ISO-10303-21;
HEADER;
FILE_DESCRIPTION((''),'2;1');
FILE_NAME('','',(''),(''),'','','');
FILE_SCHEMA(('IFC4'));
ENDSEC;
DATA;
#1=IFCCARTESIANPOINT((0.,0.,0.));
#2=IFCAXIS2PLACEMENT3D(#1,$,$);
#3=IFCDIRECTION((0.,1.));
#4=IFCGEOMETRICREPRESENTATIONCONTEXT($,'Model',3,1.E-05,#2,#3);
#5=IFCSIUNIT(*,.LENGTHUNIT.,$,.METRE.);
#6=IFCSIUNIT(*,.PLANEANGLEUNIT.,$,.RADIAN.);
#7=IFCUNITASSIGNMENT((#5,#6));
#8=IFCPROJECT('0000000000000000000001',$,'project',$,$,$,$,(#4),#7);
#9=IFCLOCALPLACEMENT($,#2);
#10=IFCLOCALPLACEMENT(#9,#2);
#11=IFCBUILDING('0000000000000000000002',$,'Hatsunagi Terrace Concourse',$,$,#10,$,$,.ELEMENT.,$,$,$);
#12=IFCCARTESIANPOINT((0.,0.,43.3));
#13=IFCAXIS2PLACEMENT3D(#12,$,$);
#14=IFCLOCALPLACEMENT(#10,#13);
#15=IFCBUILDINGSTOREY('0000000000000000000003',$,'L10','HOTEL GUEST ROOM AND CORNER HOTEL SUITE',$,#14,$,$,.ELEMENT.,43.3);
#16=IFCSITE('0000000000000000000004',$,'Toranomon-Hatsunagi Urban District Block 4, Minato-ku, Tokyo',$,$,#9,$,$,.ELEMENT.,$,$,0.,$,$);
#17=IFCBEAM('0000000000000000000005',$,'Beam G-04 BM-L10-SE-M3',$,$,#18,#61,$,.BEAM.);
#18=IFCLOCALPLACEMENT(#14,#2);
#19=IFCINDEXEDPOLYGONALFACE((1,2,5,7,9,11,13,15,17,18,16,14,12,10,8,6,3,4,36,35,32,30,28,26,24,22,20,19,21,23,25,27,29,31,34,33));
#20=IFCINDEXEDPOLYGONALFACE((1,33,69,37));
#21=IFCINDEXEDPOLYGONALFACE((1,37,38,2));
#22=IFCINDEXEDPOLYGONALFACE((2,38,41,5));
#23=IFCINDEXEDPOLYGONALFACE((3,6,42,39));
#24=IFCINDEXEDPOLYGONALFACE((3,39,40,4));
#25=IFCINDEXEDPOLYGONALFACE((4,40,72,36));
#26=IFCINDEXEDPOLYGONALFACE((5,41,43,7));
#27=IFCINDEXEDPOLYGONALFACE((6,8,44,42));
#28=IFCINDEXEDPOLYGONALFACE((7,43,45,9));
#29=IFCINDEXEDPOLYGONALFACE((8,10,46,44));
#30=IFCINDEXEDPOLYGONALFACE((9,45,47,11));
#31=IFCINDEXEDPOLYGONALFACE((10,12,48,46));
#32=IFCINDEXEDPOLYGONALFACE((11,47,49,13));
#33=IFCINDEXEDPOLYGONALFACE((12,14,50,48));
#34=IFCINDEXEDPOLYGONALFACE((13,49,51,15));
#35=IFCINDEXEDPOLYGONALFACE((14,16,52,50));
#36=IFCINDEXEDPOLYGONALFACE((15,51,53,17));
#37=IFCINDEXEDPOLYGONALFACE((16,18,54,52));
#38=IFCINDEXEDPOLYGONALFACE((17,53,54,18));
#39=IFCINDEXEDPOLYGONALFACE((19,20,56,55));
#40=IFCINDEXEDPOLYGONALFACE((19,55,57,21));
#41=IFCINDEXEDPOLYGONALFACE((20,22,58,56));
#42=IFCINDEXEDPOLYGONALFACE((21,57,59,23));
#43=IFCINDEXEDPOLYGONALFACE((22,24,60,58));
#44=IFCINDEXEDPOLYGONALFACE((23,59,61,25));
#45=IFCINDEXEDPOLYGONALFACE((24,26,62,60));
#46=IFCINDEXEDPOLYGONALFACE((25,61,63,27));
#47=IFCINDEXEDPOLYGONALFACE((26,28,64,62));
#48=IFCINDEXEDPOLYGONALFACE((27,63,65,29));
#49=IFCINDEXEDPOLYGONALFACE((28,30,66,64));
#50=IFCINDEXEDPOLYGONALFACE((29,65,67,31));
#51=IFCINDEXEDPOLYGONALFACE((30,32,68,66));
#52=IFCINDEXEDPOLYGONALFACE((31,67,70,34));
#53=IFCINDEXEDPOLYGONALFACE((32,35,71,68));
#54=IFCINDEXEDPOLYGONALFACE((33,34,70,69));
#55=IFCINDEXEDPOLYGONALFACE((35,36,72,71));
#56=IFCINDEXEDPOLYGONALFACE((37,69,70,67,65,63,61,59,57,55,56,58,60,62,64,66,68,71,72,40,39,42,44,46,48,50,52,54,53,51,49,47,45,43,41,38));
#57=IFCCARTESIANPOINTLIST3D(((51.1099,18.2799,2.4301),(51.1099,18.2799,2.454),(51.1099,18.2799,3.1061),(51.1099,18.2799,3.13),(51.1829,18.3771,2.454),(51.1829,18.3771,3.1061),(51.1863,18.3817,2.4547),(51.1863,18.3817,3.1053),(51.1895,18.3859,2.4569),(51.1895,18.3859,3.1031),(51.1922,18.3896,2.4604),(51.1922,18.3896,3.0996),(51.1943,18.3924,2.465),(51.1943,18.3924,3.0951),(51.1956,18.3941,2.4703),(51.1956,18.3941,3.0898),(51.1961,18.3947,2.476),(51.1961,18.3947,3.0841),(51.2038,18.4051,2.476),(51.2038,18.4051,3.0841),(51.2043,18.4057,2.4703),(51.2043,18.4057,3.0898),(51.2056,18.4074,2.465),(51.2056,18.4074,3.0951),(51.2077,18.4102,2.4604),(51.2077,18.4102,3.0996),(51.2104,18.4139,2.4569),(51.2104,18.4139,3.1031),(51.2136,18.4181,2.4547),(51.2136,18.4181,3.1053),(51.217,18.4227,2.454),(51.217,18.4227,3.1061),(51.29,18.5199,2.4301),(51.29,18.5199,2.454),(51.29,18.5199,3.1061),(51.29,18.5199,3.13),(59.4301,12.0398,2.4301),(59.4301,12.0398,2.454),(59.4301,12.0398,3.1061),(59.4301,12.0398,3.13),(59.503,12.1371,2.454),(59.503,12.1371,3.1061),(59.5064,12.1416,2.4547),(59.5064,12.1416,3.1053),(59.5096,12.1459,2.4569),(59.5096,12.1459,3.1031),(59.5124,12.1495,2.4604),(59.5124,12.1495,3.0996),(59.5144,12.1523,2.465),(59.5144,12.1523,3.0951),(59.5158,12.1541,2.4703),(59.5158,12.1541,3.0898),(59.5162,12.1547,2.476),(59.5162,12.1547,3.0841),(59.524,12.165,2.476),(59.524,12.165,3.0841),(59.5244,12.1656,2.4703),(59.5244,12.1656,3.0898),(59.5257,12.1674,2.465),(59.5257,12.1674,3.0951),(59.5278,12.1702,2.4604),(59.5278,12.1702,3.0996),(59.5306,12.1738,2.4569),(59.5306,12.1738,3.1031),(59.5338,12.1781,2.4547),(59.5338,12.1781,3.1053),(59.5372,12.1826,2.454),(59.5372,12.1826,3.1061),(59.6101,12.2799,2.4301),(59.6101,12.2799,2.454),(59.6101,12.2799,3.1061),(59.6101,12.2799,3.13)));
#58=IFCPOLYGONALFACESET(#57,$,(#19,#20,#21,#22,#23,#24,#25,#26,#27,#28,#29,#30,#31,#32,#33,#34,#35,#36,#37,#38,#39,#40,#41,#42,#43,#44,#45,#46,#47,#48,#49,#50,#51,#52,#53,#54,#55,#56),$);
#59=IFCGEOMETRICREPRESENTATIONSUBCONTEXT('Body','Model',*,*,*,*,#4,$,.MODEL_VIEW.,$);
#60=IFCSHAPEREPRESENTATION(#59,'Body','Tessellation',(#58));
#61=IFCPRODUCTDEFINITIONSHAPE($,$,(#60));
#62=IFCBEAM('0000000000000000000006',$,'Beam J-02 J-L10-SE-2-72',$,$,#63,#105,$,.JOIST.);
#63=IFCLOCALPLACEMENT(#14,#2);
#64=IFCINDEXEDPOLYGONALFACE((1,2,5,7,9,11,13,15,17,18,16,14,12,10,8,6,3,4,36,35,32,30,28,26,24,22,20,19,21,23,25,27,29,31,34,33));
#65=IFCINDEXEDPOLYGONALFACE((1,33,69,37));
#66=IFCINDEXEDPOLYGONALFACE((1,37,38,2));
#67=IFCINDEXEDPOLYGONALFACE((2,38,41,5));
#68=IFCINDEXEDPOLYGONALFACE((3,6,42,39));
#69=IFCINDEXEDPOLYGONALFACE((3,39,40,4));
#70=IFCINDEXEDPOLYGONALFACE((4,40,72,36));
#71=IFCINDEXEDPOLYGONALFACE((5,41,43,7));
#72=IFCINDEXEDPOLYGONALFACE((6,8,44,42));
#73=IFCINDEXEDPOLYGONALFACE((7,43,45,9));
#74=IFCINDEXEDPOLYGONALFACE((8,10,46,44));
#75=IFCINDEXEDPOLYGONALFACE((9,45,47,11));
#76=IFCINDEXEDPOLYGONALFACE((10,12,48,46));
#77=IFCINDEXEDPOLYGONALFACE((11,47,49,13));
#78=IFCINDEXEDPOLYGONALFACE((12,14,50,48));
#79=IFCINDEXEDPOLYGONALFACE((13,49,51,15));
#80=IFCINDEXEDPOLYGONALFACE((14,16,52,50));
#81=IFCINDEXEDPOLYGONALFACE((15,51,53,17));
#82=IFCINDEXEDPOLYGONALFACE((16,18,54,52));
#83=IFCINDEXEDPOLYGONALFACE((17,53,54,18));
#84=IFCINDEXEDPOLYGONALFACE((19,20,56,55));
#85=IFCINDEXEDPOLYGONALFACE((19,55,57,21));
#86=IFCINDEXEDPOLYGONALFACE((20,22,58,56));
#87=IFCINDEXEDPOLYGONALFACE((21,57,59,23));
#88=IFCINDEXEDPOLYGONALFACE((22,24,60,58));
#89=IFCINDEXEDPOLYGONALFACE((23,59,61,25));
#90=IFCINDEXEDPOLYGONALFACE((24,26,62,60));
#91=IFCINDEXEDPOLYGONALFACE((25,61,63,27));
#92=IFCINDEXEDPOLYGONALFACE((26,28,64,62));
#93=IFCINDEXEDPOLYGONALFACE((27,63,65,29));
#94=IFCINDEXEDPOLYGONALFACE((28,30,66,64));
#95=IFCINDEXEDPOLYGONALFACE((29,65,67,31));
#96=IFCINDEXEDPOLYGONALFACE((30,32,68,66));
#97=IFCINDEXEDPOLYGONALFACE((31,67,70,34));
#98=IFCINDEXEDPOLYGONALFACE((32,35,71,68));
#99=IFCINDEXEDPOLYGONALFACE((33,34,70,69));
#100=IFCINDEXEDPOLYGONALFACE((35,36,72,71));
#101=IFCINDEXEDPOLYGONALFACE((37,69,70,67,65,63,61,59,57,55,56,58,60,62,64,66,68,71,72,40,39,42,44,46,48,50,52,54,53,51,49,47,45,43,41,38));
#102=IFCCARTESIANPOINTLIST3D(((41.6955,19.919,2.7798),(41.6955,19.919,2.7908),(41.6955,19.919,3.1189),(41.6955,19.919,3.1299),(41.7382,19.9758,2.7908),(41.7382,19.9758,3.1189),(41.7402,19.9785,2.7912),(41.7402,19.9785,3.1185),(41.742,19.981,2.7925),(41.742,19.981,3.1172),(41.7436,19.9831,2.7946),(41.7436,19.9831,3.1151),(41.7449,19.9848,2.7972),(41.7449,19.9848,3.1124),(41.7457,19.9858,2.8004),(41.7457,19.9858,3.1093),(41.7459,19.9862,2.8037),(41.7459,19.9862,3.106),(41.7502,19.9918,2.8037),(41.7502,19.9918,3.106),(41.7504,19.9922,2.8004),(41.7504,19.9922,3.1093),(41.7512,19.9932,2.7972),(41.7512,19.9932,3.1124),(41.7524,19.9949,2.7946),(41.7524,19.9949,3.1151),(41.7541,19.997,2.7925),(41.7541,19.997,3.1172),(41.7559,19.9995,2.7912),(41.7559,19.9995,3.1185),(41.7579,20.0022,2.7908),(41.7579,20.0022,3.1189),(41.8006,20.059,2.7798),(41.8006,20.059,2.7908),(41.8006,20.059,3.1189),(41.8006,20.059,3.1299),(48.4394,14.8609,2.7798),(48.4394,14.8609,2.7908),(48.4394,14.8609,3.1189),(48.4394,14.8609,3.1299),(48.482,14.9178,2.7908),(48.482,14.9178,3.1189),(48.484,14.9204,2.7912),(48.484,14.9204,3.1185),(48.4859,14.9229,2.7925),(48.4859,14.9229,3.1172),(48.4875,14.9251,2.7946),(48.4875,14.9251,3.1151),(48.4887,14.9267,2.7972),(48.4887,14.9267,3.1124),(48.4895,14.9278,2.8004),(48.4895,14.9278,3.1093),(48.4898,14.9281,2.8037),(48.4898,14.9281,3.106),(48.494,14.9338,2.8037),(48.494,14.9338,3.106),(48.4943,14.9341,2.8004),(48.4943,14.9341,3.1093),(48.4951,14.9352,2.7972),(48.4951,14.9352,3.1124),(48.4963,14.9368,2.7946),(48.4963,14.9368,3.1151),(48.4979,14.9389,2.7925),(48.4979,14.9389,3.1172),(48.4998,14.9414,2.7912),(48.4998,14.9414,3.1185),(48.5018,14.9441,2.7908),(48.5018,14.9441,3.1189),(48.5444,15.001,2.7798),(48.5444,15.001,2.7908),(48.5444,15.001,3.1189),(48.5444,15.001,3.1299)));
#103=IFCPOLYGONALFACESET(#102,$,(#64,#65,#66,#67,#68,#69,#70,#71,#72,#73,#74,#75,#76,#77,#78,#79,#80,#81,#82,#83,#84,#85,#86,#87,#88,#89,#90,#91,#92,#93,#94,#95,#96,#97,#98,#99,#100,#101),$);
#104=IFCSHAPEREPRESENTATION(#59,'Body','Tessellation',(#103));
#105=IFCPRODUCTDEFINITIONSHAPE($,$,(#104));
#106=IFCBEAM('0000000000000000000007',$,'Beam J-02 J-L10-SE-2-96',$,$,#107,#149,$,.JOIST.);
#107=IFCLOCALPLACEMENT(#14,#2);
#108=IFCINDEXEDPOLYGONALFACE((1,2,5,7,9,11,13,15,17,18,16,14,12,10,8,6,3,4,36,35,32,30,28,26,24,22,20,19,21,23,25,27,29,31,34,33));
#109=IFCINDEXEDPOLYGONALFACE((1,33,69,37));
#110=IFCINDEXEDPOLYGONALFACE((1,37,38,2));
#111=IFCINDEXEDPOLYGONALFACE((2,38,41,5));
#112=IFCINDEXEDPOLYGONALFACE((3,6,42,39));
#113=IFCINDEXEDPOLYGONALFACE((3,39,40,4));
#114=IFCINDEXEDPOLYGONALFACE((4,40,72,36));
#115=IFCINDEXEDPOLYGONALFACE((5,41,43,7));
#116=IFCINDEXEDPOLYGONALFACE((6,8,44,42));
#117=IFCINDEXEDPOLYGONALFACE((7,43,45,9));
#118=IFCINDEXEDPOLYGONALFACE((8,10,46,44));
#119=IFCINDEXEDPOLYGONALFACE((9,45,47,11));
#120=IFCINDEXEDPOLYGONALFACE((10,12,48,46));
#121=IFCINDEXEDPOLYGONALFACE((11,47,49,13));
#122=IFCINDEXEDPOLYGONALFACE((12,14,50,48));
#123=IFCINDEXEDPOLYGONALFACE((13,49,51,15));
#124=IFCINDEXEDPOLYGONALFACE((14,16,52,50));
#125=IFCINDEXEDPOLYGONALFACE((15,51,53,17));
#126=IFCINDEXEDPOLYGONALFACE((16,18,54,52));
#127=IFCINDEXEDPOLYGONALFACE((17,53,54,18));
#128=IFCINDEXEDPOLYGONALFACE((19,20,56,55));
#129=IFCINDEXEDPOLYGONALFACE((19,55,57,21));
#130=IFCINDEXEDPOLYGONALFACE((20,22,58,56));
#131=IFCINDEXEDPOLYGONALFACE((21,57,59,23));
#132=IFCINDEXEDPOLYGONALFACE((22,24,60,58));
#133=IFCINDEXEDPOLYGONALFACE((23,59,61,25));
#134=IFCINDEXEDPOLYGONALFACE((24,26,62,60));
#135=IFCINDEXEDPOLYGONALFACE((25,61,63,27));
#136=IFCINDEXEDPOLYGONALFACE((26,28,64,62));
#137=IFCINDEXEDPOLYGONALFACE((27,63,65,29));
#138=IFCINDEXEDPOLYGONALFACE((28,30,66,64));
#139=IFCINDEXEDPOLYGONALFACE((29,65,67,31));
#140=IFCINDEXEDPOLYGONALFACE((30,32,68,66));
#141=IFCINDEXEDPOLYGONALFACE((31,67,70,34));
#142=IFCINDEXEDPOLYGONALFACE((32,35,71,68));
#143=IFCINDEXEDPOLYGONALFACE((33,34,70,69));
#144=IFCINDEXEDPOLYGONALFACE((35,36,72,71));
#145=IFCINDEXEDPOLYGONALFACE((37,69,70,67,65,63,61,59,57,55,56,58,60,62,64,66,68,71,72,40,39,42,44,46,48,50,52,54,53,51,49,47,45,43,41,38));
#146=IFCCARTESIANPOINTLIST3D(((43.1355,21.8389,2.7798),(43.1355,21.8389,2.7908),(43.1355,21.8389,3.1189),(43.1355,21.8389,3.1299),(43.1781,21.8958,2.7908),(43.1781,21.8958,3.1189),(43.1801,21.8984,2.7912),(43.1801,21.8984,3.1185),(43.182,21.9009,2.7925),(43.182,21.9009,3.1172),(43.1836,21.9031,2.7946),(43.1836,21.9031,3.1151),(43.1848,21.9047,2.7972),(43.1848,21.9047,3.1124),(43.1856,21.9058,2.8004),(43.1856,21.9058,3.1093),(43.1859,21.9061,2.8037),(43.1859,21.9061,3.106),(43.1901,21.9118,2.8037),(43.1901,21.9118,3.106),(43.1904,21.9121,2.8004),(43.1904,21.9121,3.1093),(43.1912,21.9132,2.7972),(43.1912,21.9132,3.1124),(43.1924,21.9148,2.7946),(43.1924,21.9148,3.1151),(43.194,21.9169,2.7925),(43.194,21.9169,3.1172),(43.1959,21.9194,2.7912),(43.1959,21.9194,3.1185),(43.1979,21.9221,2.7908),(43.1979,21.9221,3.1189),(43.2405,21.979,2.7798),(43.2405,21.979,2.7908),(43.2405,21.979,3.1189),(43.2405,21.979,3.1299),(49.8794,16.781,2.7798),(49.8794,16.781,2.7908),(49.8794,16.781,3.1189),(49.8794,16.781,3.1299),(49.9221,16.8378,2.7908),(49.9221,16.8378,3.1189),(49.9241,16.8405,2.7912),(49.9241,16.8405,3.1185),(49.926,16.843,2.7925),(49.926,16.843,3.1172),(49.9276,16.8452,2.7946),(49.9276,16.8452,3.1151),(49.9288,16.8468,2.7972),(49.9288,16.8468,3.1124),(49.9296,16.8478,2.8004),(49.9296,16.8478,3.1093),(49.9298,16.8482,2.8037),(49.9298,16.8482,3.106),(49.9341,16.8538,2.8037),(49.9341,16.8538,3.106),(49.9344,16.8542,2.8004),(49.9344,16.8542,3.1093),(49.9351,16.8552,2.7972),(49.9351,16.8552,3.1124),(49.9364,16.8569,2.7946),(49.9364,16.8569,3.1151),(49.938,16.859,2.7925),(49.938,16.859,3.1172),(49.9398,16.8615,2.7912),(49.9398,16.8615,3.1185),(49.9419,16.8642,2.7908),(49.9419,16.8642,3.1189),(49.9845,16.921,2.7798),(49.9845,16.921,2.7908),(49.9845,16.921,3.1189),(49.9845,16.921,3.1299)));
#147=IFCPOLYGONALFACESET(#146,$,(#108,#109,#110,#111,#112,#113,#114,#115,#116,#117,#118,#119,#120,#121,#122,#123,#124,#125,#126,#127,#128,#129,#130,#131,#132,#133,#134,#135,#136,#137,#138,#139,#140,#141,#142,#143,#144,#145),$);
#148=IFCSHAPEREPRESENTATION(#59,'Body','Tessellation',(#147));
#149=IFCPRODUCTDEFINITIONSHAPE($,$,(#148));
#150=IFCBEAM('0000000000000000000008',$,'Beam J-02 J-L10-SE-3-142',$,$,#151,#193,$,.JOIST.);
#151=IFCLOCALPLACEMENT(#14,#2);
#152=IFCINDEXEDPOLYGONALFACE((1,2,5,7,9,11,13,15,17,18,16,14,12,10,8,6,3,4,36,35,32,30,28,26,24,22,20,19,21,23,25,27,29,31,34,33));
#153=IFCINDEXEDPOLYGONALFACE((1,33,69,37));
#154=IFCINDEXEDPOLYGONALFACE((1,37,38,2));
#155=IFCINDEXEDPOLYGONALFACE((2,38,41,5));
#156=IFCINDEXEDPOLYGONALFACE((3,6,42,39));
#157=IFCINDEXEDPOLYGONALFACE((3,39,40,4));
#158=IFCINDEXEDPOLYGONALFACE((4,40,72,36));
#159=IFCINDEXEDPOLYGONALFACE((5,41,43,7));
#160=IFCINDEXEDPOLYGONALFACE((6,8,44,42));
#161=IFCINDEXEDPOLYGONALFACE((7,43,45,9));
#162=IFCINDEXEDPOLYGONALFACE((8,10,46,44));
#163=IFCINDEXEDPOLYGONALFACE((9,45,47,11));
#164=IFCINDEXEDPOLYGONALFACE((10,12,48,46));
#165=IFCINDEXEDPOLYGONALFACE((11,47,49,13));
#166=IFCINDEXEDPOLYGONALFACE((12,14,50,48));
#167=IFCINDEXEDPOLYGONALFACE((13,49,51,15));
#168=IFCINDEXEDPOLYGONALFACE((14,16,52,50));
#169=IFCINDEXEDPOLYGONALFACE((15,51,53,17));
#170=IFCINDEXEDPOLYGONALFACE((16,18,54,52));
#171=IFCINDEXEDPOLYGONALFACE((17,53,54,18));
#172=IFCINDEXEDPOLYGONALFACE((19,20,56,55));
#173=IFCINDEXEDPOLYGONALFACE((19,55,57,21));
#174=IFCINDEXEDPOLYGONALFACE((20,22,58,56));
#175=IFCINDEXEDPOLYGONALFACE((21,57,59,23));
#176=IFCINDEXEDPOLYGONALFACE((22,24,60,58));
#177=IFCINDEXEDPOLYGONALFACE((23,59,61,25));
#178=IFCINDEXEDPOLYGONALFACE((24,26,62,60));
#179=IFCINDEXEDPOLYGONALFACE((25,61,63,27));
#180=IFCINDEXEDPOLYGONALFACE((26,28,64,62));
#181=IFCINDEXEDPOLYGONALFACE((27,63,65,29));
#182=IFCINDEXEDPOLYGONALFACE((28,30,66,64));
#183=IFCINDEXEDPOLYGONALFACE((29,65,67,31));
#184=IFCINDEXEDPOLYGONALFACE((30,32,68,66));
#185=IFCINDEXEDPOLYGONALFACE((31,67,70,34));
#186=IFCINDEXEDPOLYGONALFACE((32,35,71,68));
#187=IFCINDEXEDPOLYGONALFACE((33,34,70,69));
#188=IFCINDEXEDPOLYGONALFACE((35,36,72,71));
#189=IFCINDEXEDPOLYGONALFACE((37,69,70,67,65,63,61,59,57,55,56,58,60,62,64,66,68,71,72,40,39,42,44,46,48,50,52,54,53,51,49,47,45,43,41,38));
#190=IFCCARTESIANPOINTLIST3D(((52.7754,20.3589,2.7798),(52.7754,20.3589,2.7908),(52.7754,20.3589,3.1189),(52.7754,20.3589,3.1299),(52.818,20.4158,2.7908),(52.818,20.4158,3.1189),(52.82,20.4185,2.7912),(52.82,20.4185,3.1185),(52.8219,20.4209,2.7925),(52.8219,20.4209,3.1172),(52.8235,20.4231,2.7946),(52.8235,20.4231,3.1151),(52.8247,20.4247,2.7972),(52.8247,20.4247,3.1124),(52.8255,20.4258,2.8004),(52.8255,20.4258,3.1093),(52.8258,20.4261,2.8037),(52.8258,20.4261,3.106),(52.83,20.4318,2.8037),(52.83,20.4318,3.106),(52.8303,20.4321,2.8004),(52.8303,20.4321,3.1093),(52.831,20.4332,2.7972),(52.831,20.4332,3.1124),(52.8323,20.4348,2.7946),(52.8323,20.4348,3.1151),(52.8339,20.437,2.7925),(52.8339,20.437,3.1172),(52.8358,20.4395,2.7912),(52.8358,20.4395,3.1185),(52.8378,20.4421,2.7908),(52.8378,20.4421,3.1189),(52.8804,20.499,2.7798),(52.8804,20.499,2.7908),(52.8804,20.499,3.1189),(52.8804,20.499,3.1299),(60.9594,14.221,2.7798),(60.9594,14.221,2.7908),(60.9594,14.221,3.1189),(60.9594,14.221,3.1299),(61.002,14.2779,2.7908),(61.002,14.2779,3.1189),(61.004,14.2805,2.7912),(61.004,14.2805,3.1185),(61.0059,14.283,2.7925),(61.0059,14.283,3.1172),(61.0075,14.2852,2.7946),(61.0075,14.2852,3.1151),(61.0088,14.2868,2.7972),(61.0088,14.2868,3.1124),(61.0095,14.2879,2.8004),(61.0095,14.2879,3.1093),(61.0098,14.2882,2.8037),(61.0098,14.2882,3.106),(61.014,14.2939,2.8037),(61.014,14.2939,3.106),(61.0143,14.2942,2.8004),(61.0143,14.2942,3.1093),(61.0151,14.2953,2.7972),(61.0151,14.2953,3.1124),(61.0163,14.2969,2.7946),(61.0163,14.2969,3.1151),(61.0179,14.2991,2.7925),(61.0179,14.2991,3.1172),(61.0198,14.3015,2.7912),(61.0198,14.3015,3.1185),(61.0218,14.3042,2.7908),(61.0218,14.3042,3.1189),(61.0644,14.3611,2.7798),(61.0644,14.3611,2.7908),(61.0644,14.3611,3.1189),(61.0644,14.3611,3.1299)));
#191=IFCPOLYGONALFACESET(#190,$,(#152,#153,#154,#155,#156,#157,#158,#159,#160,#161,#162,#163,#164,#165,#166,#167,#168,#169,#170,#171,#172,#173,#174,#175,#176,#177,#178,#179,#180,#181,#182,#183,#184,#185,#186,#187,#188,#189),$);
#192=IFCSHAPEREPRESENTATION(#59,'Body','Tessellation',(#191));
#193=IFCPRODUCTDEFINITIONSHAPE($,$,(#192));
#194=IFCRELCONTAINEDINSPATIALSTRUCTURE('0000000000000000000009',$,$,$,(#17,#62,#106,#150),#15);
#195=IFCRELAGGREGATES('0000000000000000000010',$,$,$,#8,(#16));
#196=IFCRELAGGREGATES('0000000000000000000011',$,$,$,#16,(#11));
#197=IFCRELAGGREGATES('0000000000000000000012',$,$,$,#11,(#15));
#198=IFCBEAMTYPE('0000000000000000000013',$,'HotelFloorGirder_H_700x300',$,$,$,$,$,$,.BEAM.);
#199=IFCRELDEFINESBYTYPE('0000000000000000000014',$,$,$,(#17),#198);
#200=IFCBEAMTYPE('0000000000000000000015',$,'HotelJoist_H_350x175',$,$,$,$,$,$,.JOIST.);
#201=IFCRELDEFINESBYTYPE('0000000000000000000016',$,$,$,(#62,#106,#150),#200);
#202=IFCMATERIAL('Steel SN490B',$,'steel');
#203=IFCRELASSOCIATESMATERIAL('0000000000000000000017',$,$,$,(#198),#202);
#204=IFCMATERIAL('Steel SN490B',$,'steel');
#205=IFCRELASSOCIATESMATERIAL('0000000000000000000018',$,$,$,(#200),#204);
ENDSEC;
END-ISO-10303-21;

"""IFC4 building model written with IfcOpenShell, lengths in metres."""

from ifc_helpers import new_model, si_unit, direction, frame, origin, origin_2d, place, context, subcontext, project, spatial, i_section, extrude, material, material_profile, profile_set, type_object, element, save


model = new_model("IFC4")

# Units and contexts
model_context = context("Model", 3, precision=1e-05, world=origin(), true_north=direction((0.0, 1.0)))
body_context = subcontext(model_context, "Body", "Model", "MODEL_VIEW")
ifc_project = project(units=[si_unit("LENGTHUNIT", "METRE"), si_unit("PLANEANGLEUNIT", "RADIAN")], contexts=[model_context])

# Site, building, storey
site_placement = place(None, origin())
site = spatial("IfcSite", under=ifc_project, at=site_placement, Name="Toranomon-Hatsunagi Urban District Block 4, Minato-ku, Tokyo", CompositionType="ELEMENT", RefElevation=0.0)
building_placement = place(site_placement, origin())
building = spatial("IfcBuilding", under=site, at=building_placement, Name="Hatsunagi Terrace Concourse", CompositionType="ELEMENT")
storey_placement = place(building_placement, frame((0.0, 0.0, 43.3)))
storey = spatial("IfcBuildingStorey", under=building, at=storey_placement, Name="L10", Description="HOTEL GUEST ROOM AND CORNER HOTEL SUITE", CompositionType="ELEMENT", Elevation=43.3)

# Beams
ifc_material_1 = material(Name="Steel SN490B", Category="steel")
ifc_material_profile_1 = material_profile(ifc_material_1, i_section(OverallWidth=0.3, OverallDepth=0.7, WebThickness=0.0129, FlangeThickness=0.0239, FilletRadius=0.022, at=origin_2d()), Name="H-700x300x13x24")
ifc_profile_set_1 = profile_set([ifc_material_profile_1], Name="Steel SN490B")
beam_type_1 = type_object("IfcBeamType", Name="HotelFloorGirder_H_700x300", PredefinedType="BEAM", material=ifc_profile_set_1)
beam_1_placement = place(storey_placement, frame((51.2, 18.3999, 2.78), z_axis=(0.800003, -0.599996, 0.0), x_axis=(0.599996, 0.800003, 0.0)))
element("IfcBeam", 1, at=beam_1_placement, inside=storey, type_object=beam_type_1, Name="Beam G-04 BM-L10-SE-M3", PredefinedType="BEAM", context=body_context, shape_type="SweptSolid", body=[
    extrude(i_section(OverallWidth=0.3, OverallDepth=0.7, WebThickness=0.0129, FlangeThickness=0.0239, FilletRadius=0.022, at=origin_2d()), origin(), (0.0, 0.0, 1.0), 10.4001),
])
ifc_material_2 = material(Name="Steel SN490B", Category="steel")
ifc_material_profile_2 = material_profile(ifc_material_2, i_section(OverallWidth=0.175, OverallDepth=0.3501, WebThickness=0.0071, FlangeThickness=0.011, FilletRadius=0.0129, at=origin_2d()), Name="H-350x175x7x11")
ifc_profile_set_2 = profile_set([ifc_material_profile_2], Name="Steel SN490B")
beam_type_2 = type_object("IfcBeamType", Name="HotelJoist_H_350x175", PredefinedType="JOIST", material=ifc_profile_set_2)
for number, where, z_axis, x_axis, name in (
    (2, (41.748, 19.989, 2.9548), (0.79999, -0.600014, 0.0), (0.600014, 0.79999, 0.0), "Beam J-02 J-L10-SE-2-72"),
    (3, (43.188, 21.9089, 2.9548), (0.800003, -0.599995, 0.0), (0.599995, 0.800003, 0.0), "Beam J-02 J-L10-SE-2-96"),
):
    element("IfcBeam", number, at=place(storey_placement, frame(where, z_axis=z_axis, x_axis=x_axis)), inside=storey, type_object=beam_type_2, Name=name, PredefinedType="JOIST", context=body_context, shape_type="SweptSolid", body=[
        extrude(i_section(OverallWidth=0.175, OverallDepth=0.3501, WebThickness=0.0071, FlangeThickness=0.011, FilletRadius=0.0129, at=origin_2d()), origin(), (0.0, 0.0, 1.0), 8.4299),
    ])
beam_2_placement = place(storey_placement, frame((52.8279, 20.429, 2.9548), z_axis=(0.800006, -0.599992, 0.0), x_axis=(0.599992, 0.800006, 0.0)))
element("IfcBeam", 4, at=beam_2_placement, inside=storey, type_object=beam_type_2, Name="Beam J-02 J-L10-SE-3-142", PredefinedType="JOIST", context=body_context, shape_type="SweptSolid", body=[
    extrude(i_section(OverallWidth=0.175, OverallDepth=0.3501, WebThickness=0.0071, FlangeThickness=0.011, FilletRadius=0.0129, at=origin_2d()), origin(), (0.0, 0.0, 1.0), 10.23),
])

save(model, "model.ifc")
